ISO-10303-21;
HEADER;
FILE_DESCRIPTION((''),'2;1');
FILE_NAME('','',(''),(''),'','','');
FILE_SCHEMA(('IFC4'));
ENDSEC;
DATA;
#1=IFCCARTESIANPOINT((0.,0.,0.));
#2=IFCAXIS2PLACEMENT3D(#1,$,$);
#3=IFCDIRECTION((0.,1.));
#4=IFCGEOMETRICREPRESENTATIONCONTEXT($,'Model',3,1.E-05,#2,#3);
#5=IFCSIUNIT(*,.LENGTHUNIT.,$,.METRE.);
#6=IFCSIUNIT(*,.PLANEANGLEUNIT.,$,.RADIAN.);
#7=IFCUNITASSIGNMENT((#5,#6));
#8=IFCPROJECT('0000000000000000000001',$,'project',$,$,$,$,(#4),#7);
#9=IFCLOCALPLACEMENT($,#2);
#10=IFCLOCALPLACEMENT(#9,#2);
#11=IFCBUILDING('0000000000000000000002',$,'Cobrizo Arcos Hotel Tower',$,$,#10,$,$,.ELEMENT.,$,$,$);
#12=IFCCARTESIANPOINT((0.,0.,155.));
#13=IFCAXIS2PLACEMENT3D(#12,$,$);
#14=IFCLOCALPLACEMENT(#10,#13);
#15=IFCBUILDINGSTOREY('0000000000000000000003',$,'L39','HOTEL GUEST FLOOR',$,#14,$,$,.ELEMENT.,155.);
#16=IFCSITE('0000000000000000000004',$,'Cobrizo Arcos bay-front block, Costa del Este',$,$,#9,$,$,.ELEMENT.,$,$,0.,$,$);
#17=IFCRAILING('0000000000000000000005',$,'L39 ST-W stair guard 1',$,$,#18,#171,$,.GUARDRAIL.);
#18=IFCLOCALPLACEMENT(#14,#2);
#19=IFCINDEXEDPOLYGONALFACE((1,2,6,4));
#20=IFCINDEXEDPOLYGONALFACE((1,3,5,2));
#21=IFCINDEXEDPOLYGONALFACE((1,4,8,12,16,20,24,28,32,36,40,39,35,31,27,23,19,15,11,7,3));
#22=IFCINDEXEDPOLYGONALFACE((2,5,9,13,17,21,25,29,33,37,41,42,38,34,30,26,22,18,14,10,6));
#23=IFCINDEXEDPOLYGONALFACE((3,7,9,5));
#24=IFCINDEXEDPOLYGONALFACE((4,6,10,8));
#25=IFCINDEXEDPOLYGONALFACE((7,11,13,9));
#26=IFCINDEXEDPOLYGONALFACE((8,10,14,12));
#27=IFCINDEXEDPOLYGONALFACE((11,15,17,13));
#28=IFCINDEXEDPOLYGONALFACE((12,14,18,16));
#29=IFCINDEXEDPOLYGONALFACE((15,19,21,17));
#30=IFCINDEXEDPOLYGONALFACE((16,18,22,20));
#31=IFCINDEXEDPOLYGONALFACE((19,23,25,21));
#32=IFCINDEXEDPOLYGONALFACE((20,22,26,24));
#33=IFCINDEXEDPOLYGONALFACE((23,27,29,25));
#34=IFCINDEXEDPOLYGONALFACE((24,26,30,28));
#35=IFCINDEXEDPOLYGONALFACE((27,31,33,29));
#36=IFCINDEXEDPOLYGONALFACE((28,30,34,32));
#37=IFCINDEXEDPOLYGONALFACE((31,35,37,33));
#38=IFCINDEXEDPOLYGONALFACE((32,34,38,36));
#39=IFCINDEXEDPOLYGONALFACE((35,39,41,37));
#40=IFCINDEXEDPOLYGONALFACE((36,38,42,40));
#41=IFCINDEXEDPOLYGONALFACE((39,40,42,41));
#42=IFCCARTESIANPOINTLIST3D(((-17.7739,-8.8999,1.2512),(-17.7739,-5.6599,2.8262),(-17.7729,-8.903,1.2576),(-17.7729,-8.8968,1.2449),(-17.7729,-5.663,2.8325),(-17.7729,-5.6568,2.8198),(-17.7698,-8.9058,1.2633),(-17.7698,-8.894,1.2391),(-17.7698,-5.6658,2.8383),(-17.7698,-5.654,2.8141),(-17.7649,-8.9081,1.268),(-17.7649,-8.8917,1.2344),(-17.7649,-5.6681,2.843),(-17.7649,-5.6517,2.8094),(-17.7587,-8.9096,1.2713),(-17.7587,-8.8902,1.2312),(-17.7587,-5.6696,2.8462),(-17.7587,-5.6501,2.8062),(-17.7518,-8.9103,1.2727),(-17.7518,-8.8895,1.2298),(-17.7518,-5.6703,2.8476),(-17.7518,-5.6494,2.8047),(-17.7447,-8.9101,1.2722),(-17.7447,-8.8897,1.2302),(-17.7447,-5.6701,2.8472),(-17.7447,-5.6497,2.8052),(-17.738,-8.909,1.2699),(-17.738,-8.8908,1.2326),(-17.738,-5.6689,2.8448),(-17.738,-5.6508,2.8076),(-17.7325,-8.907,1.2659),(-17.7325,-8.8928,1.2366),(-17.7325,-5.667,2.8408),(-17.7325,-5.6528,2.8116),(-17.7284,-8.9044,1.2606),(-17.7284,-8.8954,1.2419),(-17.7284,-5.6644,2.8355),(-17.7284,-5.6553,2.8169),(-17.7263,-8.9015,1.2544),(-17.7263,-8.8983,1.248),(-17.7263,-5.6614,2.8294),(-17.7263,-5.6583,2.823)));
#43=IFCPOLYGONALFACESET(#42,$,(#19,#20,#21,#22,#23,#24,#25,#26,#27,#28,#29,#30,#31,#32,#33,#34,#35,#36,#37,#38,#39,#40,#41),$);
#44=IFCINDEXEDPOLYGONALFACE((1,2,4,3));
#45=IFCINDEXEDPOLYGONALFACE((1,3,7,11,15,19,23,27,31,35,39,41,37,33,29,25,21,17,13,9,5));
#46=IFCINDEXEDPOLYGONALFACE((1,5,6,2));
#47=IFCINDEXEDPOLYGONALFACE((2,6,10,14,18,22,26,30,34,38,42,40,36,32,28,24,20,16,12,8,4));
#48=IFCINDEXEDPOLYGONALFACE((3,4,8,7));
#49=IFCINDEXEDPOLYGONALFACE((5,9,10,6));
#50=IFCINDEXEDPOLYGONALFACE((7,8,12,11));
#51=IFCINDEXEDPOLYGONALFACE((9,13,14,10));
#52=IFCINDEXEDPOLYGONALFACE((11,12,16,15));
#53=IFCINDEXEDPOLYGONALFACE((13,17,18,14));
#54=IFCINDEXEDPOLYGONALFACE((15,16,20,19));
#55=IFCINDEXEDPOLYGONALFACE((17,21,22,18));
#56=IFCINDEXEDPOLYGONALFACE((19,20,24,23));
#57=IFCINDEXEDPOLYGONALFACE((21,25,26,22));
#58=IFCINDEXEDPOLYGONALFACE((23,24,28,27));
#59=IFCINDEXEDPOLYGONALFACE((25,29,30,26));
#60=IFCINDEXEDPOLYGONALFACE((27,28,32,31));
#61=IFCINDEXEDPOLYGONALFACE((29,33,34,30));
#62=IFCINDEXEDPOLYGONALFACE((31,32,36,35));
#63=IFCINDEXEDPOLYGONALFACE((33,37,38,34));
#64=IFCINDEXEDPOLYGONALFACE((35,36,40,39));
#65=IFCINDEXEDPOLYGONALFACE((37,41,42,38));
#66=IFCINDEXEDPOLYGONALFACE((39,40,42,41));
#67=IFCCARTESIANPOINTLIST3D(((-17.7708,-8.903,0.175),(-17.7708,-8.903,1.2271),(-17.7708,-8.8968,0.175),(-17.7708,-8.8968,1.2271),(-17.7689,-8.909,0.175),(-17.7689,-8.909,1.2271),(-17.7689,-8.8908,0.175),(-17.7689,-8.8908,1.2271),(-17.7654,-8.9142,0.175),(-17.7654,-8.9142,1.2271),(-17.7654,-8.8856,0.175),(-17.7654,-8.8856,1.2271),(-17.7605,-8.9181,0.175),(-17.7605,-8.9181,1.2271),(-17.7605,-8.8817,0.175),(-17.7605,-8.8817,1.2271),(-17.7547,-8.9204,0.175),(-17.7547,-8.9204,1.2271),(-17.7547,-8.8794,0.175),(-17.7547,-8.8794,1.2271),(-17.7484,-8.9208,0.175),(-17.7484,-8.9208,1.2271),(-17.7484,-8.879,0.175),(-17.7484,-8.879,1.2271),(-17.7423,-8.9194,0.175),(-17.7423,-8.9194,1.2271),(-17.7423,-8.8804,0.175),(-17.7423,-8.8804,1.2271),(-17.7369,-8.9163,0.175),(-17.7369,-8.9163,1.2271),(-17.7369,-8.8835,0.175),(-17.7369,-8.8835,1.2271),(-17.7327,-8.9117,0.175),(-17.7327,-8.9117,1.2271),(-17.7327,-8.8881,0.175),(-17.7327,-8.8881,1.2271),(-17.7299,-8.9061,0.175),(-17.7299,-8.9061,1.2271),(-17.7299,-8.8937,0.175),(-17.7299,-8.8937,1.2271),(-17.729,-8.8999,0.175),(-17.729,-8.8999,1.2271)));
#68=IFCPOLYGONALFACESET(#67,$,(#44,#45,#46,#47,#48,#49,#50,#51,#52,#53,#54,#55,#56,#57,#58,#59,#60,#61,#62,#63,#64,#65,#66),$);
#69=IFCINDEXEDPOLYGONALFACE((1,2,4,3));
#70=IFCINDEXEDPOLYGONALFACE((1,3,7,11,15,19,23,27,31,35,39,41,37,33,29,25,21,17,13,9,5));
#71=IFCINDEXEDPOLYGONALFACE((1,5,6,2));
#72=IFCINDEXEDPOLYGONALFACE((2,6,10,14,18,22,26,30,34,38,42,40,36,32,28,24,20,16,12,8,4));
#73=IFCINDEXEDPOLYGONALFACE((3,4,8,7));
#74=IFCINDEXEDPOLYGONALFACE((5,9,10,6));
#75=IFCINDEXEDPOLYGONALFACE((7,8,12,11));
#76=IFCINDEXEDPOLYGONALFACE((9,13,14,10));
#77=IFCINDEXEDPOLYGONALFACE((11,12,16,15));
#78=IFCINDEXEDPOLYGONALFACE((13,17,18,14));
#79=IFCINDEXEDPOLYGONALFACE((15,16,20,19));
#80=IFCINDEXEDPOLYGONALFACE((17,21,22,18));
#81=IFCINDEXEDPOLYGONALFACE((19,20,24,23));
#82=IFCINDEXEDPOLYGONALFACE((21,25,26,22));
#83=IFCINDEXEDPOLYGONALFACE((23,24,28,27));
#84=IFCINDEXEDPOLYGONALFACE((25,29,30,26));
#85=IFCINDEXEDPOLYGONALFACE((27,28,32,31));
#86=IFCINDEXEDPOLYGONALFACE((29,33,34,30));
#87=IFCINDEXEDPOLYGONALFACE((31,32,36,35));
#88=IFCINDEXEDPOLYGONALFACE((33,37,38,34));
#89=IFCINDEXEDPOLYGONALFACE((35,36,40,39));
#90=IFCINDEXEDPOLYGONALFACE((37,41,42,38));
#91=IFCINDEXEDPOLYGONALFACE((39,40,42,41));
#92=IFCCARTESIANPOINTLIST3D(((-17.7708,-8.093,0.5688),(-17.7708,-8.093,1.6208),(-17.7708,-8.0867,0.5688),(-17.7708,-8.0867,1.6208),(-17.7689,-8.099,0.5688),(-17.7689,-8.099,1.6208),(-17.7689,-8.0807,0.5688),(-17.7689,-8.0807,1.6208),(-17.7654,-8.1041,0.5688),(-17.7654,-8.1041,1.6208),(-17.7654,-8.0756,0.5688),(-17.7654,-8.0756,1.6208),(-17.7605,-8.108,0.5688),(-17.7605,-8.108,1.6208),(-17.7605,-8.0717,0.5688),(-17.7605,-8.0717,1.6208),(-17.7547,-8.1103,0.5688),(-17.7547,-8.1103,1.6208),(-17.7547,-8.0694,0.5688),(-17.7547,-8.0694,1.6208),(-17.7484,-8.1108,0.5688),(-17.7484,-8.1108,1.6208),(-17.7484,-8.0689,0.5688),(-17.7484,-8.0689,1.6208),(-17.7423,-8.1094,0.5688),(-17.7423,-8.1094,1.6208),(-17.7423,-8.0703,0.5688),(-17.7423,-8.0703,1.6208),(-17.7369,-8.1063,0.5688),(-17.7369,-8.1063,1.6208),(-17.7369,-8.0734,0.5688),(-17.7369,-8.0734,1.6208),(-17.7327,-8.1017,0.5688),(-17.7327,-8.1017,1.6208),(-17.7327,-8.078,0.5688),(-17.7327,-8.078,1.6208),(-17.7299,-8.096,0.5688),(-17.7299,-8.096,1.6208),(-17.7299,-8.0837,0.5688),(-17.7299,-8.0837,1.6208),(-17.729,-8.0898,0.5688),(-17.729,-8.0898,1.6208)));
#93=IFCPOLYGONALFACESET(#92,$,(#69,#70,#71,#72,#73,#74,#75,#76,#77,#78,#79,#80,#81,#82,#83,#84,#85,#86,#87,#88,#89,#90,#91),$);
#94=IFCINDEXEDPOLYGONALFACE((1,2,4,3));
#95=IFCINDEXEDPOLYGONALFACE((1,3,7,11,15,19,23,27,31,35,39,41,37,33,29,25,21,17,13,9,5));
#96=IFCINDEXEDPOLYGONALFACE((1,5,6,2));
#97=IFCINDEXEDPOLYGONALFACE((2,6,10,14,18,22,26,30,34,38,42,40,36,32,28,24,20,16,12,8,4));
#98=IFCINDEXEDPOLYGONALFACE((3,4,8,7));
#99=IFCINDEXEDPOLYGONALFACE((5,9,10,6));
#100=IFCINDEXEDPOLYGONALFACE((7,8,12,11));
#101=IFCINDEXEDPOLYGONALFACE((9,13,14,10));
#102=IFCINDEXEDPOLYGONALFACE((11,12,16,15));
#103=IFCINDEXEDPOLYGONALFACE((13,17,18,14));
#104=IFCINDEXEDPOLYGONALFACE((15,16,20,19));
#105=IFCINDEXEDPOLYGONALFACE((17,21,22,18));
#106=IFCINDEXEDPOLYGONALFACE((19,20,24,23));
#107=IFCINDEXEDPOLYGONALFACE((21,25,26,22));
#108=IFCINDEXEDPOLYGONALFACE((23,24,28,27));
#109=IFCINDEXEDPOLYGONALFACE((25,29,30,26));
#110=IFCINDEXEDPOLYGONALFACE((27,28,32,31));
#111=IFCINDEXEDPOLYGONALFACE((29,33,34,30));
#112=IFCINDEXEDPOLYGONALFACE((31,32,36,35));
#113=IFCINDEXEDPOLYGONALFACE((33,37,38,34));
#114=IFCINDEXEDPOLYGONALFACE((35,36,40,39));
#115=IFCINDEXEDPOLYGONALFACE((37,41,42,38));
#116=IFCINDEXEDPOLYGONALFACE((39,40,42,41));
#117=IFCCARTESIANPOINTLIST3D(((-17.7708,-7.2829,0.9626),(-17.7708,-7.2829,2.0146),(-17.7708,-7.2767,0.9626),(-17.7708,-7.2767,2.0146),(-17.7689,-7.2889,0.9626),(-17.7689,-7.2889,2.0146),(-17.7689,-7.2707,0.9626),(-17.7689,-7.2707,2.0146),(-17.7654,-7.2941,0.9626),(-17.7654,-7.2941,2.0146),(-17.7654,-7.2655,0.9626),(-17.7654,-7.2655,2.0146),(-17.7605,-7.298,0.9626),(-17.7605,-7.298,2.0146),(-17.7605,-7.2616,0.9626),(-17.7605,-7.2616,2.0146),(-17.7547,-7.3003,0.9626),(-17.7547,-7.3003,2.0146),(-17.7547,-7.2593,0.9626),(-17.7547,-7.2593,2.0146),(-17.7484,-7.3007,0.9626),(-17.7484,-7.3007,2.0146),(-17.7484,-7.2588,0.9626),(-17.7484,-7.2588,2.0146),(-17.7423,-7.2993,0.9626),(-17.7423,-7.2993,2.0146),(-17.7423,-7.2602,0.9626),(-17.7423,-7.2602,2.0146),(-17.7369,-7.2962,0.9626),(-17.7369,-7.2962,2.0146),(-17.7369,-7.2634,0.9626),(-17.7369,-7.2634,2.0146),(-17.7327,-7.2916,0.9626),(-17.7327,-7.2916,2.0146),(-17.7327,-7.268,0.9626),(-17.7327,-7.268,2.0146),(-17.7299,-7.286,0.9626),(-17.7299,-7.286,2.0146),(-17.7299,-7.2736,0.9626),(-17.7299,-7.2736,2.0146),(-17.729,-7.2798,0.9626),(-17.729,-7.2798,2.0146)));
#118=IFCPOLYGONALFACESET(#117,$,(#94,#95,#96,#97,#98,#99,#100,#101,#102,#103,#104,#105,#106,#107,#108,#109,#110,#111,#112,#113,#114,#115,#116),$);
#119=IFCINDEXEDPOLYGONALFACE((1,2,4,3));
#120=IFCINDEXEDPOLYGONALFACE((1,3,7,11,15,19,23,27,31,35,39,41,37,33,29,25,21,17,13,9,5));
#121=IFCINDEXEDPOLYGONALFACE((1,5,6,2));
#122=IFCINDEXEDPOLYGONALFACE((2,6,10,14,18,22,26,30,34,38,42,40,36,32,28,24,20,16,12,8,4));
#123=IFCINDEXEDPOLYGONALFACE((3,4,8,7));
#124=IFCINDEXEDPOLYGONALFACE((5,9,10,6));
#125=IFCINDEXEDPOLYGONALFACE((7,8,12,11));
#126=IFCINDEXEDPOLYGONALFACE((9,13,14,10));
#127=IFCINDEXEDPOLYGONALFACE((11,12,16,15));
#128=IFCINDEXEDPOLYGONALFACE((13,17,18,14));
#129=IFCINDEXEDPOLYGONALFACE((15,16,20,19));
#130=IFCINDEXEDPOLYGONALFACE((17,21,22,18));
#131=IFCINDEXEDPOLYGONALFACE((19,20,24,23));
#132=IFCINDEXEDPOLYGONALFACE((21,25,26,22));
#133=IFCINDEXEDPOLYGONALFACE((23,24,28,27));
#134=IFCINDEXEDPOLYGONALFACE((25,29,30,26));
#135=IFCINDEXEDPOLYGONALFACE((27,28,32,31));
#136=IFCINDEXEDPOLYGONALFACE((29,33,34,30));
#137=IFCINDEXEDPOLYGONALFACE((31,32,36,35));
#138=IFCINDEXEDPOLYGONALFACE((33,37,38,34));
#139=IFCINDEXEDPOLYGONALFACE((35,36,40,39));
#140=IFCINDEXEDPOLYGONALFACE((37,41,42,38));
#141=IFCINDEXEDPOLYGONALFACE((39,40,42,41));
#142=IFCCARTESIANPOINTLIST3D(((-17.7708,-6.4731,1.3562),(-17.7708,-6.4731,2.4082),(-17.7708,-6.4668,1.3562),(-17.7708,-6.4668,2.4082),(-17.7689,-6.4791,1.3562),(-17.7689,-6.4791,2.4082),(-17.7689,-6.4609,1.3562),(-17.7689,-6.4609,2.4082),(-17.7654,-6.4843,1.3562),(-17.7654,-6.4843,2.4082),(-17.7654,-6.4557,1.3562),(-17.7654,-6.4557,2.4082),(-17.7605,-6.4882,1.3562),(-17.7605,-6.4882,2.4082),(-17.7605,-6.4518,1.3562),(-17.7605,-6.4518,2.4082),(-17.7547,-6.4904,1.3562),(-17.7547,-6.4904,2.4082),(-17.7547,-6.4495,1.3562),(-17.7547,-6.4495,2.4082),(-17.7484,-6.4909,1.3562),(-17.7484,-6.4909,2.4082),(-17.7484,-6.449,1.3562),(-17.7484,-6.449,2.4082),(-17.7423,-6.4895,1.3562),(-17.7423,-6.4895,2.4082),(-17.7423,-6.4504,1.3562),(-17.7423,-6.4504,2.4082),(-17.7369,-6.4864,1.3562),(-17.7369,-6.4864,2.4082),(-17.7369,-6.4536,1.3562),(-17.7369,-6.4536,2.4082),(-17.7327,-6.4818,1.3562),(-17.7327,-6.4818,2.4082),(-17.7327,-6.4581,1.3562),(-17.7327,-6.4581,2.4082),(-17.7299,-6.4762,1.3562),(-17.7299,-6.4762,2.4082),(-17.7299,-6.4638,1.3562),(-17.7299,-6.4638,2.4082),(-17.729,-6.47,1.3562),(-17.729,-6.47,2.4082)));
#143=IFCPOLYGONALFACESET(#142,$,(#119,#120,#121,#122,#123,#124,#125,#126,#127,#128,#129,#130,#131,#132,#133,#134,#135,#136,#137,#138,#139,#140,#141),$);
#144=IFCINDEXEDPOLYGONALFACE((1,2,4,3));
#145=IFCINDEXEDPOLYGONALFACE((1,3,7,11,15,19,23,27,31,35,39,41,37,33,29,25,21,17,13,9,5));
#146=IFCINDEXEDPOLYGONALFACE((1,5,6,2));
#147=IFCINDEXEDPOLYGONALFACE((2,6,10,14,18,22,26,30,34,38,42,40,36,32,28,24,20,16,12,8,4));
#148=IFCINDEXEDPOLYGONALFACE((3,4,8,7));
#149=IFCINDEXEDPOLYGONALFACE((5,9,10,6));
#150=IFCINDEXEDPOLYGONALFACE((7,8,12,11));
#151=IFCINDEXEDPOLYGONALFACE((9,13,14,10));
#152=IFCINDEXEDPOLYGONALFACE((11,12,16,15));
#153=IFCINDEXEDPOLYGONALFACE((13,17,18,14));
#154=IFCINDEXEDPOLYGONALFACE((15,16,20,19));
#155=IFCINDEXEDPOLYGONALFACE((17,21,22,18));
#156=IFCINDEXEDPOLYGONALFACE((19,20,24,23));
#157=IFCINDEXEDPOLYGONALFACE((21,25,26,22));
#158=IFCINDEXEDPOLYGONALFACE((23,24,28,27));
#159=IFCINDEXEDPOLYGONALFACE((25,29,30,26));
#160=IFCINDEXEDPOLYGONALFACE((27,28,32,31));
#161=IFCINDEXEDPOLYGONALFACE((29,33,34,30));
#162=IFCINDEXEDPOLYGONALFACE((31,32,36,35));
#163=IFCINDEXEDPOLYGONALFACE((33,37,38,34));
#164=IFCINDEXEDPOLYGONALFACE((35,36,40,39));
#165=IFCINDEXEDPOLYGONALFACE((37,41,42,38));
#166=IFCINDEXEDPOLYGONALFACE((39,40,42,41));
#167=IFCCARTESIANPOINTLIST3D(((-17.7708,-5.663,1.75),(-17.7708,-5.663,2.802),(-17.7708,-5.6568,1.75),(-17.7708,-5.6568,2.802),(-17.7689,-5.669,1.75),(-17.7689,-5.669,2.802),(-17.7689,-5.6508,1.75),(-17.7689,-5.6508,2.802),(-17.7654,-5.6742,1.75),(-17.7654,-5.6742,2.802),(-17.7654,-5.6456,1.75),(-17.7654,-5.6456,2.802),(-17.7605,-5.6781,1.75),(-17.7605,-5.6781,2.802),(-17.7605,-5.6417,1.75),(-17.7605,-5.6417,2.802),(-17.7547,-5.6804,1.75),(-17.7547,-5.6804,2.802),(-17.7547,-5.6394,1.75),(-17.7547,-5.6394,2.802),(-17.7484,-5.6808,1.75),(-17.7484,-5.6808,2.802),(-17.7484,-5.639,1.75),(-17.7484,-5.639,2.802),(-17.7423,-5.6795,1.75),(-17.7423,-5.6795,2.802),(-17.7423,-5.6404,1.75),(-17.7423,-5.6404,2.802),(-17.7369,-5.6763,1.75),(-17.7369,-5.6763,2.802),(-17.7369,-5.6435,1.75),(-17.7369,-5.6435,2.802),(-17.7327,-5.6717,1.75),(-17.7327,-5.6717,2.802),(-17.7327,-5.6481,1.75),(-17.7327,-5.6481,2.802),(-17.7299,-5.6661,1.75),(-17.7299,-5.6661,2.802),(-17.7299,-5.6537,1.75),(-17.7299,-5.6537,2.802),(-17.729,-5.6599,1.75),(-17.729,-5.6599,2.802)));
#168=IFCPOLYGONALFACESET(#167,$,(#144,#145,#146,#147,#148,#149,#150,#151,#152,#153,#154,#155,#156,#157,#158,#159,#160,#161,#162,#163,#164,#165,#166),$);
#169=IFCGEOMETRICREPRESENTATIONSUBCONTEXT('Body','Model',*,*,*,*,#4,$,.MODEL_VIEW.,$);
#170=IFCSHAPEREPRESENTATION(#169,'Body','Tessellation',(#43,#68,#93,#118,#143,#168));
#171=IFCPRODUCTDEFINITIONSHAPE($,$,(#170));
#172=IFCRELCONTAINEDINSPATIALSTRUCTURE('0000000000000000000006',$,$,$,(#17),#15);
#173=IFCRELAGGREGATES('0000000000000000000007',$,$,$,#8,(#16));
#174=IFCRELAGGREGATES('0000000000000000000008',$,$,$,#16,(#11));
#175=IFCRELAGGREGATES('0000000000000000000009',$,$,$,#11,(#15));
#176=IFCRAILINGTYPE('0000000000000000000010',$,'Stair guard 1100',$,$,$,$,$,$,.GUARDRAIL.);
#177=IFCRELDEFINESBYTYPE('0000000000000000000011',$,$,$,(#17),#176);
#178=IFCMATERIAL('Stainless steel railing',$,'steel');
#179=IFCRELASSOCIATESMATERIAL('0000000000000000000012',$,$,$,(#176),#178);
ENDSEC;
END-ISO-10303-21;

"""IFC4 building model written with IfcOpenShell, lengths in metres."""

from ifc_helpers import new_model, si_unit, direction, frame, origin, origin_2d, place, context, subcontext, project, spatial, circle, extrude, material, type_object, element, save


model = new_model("IFC4")

# Units and contexts
model_context = context("Model", 3, precision=1e-05, world=origin(), true_north=direction((0.0, 1.0)))
body_context = subcontext(model_context, "Body", "Model", "MODEL_VIEW")
ifc_project = project(units=[si_unit("LENGTHUNIT", "METRE"), si_unit("PLANEANGLEUNIT", "RADIAN")], contexts=[model_context])

# Site, building, storey
site_placement = place(None, origin())
site = spatial("IfcSite", under=ifc_project, at=site_placement, Name="Cobrizo Arcos bay-front block, Costa del Este", CompositionType="ELEMENT", RefElevation=0.0)
building_placement = place(site_placement, origin())
building = spatial("IfcBuilding", under=site, at=building_placement, Name="Cobrizo Arcos Hotel Tower", CompositionType="ELEMENT")
storey_placement = place(building_placement, frame((0.0, 0.0, 155.0)))
storey = spatial("IfcBuildingStorey", under=building, at=storey_placement, Name="L39", Description="HOTEL GUEST FLOOR", CompositionType="ELEMENT", Elevation=155.0)

# Railing
ifc_material_1 = material(Name="Stainless steel railing", Category="steel")
railing_type_1 = type_object("IfcRailingType", Name="Stair guard 1100", PredefinedType="GUARDRAIL", material=ifc_material_1)
railing_1_placement = place(storey_placement, frame((-17.75, -8.8999, 0.175)))
element("IfcRailing", 1, at=railing_1_placement, inside=storey, type_object=railing_type_1, Name="L39 ST-W stair guard 1", PredefinedType="GUARDRAIL", context=body_context, shape_type="SweptSolid", body=[
    extrude(circle(Radius=0.0239, at=origin_2d()), frame((0.0, 0.0, 1.0762), z_axis=(0.0, 0.899373, 0.437183), x_axis=(-1.0, 0.0, 0.0)), (0.0, 0.0, 1.0), 3.6025),
    extrude(circle(Radius=0.021, at=origin_2d()), origin(), (0.0, 0.0, 1.0), 1.052),
    extrude(circle(Radius=0.021, at=origin_2d()), frame((0.0, 0.8101, 0.3938)), (0.0, 0.0, 1.0), 1.052),
    extrude(circle(Radius=0.021, at=origin_2d()), frame((0.0, 1.6201, 0.7876)), (0.0, 0.0, 1.0), 1.052),
    extrude(circle(Radius=0.021, at=origin_2d()), frame((0.0, 2.4299, 1.1812)), (0.0, 0.0, 1.0), 1.052),
    extrude(circle(Radius=0.021, at=origin_2d()), frame((0.0, 3.24, 1.575)), (0.0, 0.0, 1.0), 1.052),
])

save(model, "model.ifc")
